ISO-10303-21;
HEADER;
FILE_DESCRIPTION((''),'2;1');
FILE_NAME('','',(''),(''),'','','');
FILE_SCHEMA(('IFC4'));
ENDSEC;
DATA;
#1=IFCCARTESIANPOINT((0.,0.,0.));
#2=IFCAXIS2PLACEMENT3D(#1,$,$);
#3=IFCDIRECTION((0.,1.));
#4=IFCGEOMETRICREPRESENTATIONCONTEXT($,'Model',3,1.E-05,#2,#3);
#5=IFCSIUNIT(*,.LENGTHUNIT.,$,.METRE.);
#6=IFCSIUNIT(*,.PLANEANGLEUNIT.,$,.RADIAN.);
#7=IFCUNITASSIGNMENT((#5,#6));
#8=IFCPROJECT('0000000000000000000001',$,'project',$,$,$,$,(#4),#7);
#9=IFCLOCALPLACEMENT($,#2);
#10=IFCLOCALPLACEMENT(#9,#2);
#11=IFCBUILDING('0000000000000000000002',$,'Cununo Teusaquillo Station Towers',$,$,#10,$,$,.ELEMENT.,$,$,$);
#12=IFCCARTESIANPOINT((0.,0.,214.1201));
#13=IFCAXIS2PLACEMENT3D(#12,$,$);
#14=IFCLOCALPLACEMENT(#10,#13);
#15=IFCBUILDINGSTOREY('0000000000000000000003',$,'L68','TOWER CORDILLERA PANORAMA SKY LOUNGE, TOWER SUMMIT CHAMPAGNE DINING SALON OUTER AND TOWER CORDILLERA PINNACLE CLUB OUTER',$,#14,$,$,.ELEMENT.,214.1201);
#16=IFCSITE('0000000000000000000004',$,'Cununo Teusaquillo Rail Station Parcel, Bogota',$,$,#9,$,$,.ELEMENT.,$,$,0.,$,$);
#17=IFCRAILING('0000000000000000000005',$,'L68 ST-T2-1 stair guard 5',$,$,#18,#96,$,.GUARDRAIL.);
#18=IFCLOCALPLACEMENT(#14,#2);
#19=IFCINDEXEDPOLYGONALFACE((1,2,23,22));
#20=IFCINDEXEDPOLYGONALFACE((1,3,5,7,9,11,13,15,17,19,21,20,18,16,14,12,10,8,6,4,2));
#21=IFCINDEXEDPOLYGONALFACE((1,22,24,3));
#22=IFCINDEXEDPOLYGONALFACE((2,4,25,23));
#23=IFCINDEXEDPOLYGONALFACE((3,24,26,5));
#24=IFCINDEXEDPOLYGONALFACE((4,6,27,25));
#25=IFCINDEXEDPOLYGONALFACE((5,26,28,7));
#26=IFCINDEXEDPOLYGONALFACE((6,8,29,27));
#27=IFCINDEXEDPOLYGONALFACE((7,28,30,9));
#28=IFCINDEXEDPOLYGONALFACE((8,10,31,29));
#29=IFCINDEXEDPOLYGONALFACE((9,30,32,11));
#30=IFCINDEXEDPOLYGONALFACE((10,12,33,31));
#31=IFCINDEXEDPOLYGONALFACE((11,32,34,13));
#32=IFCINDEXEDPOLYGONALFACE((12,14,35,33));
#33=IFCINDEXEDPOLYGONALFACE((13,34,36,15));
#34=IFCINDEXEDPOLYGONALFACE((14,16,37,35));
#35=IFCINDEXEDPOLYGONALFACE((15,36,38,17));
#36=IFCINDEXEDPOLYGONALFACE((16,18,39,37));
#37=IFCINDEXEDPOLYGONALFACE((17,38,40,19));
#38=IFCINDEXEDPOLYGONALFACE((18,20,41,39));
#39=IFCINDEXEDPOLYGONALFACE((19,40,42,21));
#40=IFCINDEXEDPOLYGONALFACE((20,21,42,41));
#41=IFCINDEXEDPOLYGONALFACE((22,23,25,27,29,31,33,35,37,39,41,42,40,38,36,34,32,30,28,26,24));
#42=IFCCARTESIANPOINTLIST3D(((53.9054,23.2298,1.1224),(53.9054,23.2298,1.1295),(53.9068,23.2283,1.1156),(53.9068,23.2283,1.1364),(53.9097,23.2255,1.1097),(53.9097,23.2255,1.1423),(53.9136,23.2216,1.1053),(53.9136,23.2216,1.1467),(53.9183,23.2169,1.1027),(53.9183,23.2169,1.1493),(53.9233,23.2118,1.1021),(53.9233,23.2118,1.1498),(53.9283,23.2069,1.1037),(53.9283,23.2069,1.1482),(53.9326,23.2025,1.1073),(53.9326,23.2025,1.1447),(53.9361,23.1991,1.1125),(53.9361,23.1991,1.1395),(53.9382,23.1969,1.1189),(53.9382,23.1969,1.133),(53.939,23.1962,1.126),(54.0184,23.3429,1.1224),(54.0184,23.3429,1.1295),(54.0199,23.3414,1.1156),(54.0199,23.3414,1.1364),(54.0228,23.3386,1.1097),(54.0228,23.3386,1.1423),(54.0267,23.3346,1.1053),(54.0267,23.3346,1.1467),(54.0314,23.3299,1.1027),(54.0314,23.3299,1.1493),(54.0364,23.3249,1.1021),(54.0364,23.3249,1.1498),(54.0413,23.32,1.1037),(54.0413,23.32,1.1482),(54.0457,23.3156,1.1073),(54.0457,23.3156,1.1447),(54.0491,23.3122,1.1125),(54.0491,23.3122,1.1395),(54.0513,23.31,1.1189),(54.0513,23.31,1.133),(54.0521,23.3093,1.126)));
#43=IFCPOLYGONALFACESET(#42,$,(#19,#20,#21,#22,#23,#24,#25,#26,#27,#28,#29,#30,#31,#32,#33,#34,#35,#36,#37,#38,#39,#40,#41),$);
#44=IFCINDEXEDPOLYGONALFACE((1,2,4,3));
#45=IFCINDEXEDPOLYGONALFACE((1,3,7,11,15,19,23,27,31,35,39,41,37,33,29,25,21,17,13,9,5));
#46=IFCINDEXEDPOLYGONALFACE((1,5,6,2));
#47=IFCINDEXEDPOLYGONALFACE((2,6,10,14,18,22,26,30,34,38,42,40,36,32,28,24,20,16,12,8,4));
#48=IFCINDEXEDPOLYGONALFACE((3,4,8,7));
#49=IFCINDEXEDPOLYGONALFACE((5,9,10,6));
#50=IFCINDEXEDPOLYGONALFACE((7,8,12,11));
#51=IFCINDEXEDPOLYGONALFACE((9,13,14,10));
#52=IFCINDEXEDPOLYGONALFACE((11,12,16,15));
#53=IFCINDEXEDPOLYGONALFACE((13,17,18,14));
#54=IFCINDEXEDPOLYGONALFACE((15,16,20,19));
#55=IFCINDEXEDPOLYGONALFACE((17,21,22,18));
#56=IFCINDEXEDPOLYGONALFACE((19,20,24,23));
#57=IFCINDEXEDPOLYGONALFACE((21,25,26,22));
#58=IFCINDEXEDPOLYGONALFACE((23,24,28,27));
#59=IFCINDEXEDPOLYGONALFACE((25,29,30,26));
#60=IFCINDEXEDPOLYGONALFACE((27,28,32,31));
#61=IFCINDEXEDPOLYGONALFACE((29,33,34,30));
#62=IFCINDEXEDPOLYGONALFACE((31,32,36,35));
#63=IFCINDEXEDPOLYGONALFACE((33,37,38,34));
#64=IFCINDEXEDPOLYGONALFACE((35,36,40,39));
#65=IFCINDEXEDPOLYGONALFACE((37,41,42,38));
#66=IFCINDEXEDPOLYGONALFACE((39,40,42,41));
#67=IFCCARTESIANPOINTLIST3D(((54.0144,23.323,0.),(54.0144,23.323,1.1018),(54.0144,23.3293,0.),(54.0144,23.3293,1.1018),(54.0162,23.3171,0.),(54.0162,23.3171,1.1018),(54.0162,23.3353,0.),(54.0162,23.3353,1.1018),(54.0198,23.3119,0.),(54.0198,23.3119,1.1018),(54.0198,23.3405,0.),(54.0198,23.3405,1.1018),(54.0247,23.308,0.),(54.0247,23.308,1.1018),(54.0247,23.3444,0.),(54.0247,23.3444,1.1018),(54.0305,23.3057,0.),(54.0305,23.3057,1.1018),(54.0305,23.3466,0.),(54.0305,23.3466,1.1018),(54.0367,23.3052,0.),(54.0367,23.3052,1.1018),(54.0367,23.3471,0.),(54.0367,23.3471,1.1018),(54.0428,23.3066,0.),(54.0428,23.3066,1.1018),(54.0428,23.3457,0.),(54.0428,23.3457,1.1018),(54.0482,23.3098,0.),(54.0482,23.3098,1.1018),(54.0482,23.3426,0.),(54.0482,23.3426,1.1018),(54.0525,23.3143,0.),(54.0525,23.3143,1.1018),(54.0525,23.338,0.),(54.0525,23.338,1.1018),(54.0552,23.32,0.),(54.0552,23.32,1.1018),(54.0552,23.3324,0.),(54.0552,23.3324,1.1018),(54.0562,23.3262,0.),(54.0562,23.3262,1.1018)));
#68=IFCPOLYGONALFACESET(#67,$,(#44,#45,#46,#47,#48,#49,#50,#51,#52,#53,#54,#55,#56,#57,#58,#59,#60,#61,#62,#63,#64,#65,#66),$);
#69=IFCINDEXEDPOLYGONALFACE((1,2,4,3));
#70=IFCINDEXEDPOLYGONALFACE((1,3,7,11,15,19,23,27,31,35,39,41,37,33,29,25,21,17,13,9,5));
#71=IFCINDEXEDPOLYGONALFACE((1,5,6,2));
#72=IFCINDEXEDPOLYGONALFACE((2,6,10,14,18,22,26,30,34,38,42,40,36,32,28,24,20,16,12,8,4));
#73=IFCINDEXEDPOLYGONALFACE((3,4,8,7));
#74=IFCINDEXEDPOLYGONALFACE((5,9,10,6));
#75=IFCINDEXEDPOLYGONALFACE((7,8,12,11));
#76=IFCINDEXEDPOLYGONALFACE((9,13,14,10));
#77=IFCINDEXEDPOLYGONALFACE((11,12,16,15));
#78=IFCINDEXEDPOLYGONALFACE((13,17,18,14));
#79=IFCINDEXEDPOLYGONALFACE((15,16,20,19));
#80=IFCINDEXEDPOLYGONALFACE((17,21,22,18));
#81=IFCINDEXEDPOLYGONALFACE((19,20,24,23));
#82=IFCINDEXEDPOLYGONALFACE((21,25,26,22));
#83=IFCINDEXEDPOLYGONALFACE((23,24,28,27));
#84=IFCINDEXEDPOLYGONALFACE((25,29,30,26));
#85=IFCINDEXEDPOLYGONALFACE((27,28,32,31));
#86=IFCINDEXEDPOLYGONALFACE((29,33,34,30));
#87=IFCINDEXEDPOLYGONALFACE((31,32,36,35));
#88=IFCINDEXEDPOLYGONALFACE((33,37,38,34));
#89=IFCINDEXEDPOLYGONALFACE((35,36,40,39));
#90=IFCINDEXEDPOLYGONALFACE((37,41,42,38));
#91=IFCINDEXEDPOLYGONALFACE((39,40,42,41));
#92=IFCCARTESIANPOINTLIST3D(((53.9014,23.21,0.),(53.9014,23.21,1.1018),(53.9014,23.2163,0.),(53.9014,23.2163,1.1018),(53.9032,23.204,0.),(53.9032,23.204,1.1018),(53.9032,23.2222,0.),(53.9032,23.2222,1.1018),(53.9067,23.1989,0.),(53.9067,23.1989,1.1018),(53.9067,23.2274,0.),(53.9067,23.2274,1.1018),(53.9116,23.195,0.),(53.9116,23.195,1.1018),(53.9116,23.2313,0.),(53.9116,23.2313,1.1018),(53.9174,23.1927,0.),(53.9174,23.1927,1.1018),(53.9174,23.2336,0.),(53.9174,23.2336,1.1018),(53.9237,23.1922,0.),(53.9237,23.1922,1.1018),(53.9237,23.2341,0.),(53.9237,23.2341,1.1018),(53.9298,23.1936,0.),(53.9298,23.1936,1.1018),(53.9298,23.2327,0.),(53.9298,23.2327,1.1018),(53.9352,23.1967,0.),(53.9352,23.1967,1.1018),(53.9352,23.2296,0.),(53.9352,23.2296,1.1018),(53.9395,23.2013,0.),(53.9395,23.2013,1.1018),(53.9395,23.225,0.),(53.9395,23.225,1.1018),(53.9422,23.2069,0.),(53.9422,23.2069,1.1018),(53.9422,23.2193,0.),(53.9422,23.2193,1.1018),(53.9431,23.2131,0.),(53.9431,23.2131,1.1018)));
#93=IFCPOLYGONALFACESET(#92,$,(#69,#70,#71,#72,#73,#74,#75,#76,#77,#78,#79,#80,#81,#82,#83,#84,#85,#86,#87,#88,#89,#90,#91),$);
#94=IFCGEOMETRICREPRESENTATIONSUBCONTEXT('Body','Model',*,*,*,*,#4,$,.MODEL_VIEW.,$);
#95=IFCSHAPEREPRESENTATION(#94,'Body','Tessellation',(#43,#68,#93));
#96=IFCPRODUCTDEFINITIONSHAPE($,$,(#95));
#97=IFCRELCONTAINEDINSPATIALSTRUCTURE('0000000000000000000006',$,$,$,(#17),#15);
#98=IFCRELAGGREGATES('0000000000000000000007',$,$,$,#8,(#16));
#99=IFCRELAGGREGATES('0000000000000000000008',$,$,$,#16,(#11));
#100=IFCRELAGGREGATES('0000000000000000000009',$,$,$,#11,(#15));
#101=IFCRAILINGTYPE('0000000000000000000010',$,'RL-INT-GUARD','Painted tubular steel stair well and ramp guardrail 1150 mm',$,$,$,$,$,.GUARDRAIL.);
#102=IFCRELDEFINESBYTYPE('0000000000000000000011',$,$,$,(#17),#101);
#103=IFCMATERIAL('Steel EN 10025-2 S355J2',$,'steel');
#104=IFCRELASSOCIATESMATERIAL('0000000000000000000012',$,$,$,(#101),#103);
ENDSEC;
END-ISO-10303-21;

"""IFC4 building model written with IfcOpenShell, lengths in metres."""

from ifc_helpers import new_model, si_unit, direction, frame, origin, origin_2d, place, context, subcontext, project, spatial, circle, extrude, material, type_object, element, save


model = new_model("IFC4")

# Units and contexts
model_context = context("Model", 3, precision=1e-05, world=origin(), true_north=direction((0.0, 1.0)))
body_context = subcontext(model_context, "Body", "Model", "MODEL_VIEW")
ifc_project = project(units=[si_unit("LENGTHUNIT", "METRE"), si_unit("PLANEANGLEUNIT", "RADIAN")], contexts=[model_context])

# Site, building, storey
site_placement = place(None, origin())
site = spatial("IfcSite", under=ifc_project, at=site_placement, Name="Cununo Teusaquillo Rail Station Parcel, Bogota", CompositionType="ELEMENT", RefElevation=0.0)
building_placement = place(site_placement, origin())
building = spatial("IfcBuilding", under=site, at=building_placement, Name="Cununo Teusaquillo Station Towers", CompositionType="ELEMENT")
storey_placement = place(building_placement, frame((0.0, 0.0, 214.1201)))
storey = spatial("IfcBuildingStorey", under=building, at=storey_placement, Name="L68", Description="TOWER CORDILLERA PANORAMA SKY LOUNGE, TOWER SUMMIT CHAMPAGNE DINING SALON OUTER AND TOWER CORDILLERA PINNACLE CLUB OUTER", CompositionType="ELEMENT", Elevation=214.1201)

# Railing
ifc_material_1 = material(Name="Steel EN 10025-2 S355J2", Category="steel")
railing_type_1 = type_object("IfcRailingType", Name="RL-INT-GUARD", Description="Painted tubular steel stair well and ramp guardrail 1150 mm", PredefinedType="GUARDRAIL", material=ifc_material_1)
railing_1_placement = place(storey_placement, frame((54.0352, 23.3262, 0.0)))
element("IfcRailing", 1, at=railing_1_placement, inside=storey, type_object=railing_type_1, Name="L68 ST-T2-1 stair guard 5", PredefinedType="GUARDRAIL", context=body_context, shape_type="SweptSolid", body=[
    extrude(circle(Radius=0.0239, at=origin_2d()), frame((0.0, 0.0, 1.126), z_axis=(-0.707107, -0.707107, 0.0), x_axis=(0.707107, -0.707107, 0.0)), (0.0, 0.0, 1.0), 0.1599),
    extrude(circle(Radius=0.021, at=origin_2d()), origin(), (0.0, 0.0, 1.0), 1.1018),
    extrude(circle(Radius=0.021, at=origin_2d()), frame((-0.113, -0.113, 0.0)), (0.0, 0.0, 1.0), 1.1018),
])

save(model, "model.ifc")
